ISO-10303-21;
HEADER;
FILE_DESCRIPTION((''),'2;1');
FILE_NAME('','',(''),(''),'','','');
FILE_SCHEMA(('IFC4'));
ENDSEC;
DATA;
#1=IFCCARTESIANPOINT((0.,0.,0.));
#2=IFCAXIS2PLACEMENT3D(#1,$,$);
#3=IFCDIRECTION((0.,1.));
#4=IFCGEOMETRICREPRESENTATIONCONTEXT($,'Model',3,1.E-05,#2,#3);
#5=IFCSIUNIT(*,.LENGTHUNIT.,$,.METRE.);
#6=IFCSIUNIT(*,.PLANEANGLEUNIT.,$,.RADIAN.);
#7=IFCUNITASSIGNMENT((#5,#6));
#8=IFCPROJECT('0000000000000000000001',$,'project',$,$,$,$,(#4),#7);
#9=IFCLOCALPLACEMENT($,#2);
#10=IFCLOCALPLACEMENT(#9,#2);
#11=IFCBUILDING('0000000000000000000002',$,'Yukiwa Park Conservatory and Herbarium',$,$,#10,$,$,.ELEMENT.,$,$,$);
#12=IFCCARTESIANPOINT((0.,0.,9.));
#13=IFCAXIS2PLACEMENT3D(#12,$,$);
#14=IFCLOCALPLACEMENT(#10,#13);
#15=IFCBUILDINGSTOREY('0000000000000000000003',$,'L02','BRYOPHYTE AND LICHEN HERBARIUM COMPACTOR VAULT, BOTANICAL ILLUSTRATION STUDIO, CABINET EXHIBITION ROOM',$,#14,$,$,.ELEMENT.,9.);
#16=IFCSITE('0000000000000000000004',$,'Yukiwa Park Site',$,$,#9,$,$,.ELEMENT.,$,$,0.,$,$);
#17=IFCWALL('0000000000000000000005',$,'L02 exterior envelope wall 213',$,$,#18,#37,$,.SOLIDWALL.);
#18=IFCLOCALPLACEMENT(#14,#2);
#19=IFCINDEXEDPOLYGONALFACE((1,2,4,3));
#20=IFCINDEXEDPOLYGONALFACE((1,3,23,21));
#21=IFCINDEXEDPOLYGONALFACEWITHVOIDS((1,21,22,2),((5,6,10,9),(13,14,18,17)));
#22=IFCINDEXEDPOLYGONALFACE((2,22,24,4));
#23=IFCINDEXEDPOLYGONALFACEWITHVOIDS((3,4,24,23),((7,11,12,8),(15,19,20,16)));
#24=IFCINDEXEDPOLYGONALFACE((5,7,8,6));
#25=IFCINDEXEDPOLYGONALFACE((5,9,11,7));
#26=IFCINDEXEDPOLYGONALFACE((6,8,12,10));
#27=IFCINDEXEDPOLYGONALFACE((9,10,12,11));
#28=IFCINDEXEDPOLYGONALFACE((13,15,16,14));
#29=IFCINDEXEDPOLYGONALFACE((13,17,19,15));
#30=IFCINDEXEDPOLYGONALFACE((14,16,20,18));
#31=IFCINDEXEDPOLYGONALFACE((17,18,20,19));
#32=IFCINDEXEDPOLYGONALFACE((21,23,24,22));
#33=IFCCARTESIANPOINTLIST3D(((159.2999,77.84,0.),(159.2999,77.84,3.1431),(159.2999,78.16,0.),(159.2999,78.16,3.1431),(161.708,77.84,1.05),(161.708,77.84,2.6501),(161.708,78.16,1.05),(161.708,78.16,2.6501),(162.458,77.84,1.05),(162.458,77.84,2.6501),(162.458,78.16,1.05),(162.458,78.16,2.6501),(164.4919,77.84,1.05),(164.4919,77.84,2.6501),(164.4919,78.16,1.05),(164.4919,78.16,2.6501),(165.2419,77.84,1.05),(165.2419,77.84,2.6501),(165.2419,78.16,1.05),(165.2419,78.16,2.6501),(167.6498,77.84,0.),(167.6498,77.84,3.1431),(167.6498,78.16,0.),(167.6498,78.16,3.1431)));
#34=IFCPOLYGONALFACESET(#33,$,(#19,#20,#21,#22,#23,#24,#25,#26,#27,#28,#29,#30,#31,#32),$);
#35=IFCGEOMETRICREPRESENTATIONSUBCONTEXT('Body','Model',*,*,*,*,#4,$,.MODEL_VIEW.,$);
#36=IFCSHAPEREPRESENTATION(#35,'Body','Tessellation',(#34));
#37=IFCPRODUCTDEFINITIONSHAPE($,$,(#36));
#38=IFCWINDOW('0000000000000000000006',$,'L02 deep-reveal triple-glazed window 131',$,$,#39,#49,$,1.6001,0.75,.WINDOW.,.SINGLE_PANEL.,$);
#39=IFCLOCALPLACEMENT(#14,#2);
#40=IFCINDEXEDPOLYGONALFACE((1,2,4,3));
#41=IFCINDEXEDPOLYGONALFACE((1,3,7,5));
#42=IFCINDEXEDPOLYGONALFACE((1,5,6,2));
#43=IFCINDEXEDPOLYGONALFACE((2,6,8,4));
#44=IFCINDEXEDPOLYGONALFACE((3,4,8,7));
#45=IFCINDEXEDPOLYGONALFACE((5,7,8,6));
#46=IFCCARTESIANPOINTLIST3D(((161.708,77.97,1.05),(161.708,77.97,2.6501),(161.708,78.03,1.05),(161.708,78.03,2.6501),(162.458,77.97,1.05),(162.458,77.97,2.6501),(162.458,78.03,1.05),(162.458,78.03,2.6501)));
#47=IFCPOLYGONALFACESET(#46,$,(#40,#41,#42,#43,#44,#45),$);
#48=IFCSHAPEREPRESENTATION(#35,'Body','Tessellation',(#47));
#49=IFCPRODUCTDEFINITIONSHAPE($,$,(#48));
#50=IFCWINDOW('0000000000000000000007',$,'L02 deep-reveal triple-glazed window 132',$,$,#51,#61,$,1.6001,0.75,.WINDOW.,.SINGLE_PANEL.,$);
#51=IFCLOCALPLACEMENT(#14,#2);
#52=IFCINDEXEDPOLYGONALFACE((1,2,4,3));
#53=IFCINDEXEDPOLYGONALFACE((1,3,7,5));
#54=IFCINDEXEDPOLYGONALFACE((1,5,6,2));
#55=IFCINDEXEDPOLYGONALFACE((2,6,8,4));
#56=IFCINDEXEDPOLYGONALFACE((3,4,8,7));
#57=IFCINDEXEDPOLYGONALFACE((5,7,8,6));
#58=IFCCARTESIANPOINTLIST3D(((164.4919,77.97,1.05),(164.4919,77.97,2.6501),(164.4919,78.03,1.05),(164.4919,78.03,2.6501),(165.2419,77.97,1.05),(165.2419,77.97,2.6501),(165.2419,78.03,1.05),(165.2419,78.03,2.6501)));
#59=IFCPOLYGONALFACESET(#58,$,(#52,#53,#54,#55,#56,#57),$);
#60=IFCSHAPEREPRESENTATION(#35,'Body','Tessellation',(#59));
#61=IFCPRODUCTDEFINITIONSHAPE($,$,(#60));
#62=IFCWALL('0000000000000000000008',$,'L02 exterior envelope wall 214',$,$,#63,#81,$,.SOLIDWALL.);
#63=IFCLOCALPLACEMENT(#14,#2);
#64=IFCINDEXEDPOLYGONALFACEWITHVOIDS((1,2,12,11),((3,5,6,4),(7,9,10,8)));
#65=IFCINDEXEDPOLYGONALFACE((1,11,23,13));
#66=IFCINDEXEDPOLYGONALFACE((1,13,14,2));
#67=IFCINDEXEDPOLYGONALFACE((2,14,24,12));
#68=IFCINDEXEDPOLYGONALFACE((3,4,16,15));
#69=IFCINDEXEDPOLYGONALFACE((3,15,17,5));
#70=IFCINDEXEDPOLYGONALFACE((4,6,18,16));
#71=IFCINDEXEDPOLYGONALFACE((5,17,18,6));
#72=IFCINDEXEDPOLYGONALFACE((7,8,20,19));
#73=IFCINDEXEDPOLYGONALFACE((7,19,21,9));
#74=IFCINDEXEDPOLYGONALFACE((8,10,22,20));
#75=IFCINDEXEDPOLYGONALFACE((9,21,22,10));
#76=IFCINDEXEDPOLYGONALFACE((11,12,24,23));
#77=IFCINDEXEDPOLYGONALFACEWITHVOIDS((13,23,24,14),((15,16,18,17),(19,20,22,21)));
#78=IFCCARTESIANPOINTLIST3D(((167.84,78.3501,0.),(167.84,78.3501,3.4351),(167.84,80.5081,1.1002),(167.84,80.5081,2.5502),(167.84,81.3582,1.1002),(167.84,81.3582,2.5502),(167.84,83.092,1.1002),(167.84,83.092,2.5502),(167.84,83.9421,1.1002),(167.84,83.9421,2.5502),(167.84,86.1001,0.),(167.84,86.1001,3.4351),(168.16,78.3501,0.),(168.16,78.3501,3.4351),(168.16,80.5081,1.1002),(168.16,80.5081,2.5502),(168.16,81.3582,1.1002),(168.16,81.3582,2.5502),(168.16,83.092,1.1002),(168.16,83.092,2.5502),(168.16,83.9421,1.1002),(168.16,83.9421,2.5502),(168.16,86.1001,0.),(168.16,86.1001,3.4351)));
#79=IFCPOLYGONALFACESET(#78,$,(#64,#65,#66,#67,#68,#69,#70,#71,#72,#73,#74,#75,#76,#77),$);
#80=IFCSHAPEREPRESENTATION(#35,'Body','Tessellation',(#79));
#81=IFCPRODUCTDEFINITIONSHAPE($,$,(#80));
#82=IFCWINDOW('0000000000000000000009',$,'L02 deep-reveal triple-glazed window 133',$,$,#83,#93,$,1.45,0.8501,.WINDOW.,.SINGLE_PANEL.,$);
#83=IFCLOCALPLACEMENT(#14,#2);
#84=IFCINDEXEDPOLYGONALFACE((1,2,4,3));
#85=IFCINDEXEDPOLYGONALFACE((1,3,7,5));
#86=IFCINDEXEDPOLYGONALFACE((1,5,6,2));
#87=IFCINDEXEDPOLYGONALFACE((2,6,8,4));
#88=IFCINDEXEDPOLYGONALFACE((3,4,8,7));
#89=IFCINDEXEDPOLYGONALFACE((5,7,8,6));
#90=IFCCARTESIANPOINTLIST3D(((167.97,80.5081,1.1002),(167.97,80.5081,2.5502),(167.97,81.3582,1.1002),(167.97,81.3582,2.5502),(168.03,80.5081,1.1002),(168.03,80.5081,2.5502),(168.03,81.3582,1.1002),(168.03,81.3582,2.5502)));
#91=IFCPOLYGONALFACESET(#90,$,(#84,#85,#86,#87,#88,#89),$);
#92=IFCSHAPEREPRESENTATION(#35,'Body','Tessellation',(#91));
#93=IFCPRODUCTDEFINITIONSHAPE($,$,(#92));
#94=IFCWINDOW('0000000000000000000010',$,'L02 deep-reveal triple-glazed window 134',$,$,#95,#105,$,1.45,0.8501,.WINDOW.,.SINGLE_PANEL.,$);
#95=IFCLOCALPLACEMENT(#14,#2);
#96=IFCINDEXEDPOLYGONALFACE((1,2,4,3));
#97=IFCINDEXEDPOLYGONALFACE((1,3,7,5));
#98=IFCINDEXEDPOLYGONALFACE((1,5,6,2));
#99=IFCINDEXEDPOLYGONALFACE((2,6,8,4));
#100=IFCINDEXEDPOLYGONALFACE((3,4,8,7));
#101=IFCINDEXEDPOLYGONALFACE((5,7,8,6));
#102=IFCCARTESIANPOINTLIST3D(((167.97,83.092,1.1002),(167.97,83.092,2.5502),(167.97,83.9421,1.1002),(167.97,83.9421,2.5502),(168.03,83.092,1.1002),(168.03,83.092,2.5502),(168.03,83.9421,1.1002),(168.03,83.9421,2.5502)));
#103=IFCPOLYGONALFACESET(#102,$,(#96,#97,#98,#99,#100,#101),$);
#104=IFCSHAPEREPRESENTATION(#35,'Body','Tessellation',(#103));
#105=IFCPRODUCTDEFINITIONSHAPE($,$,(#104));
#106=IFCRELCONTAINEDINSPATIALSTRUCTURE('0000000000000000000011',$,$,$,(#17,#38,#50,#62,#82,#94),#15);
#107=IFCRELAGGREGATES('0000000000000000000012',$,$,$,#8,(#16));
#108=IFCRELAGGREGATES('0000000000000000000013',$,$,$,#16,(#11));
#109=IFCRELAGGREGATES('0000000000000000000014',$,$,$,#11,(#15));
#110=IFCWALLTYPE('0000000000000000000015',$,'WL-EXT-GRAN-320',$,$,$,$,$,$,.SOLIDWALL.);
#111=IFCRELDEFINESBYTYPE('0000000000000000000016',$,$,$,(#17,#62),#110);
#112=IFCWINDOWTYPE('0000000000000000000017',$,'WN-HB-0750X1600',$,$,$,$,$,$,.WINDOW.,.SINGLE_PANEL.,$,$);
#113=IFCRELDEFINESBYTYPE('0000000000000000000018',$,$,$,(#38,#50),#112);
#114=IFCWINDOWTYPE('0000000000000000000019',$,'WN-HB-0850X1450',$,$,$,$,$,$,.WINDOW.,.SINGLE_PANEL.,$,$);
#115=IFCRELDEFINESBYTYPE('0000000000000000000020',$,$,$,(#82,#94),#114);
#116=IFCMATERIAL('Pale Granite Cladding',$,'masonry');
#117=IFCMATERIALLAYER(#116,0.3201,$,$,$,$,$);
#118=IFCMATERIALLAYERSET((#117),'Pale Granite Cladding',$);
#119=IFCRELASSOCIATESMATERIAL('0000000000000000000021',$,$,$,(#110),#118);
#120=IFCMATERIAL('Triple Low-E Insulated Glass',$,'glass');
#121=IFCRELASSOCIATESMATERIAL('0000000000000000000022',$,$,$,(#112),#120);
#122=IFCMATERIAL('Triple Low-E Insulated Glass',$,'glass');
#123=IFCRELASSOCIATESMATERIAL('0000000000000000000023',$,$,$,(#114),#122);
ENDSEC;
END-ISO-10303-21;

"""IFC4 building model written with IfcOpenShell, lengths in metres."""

from ifc_helpers import new_model, si_unit, direction, frame, frame_2d, origin, place, context, subcontext, project, spatial, rectangle, extrude, material, layer, layer_set, type_object, element, fill, save


model = new_model("IFC4")

# Units and contexts
model_context = context("Model", 3, precision=1e-05, world=origin(), true_north=direction((0.0, 1.0)))
body_context = subcontext(model_context, "Body", "Model", "MODEL_VIEW")
ifc_project = project(units=[si_unit("LENGTHUNIT", "METRE"), si_unit("PLANEANGLEUNIT", "RADIAN")], contexts=[model_context])

# Site, building, storey
site_placement = place(None, origin())
site = spatial("IfcSite", under=ifc_project, at=site_placement, Name="Yukiwa Park Site", CompositionType="ELEMENT", RefElevation=0.0)
building_placement = place(site_placement, origin())
building = spatial("IfcBuilding", under=site, at=building_placement, Name="Yukiwa Park Conservatory and Herbarium", CompositionType="ELEMENT")
storey_placement = place(building_placement, frame((0.0, 0.0, 9.0)))
storey = spatial("IfcBuildingStorey", under=building, at=storey_placement, Name="L02", Description="BRYOPHYTE AND LICHEN HERBARIUM COMPACTOR VAULT, BOTANICAL ILLUSTRATION STUDIO, CABINET EXHIBITION ROOM", CompositionType="ELEMENT", Elevation=9.0)

# Walls, openings, windows
ifc_material_1 = material(Name="Pale Granite Cladding", Category="masonry")
ifc_layer_1 = layer(ifc_material_1, 0.3201)
ifc_layer_set_1 = layer_set([ifc_layer_1], Name="Pale Granite Cladding")
wall_type = type_object("IfcWallType", Name="WL-EXT-GRAN-320", PredefinedType="SOLIDWALL", material=ifc_layer_set_1)
wall_1_placement = place(storey_placement, frame((159.3, 78.0, 0.0), z_axis=(0.0, 0.0, 1.0), x_axis=(1.0, 0.0, 0.0)))
wall_1 = element("IfcWall", 1, at=wall_1_placement, inside=storey, type_object=wall_type, Name="L02 exterior envelope wall 213", PredefinedType="SOLIDWALL", context=body_context, shape_type="SweptSolid", body=[
    extrude(rectangle(XDim=8.3499, YDim=0.3201, at=frame_2d((4.1748, 0.0))), origin(), (0.0, 0.0, 1.0), 3.1431),
])
opening_1_placement = place(wall_1_placement, frame((2.408, 0.0, 1.05)))
opening_1 = element("IfcOpeningElement", 2, at=opening_1_placement, cuts=wall_1, PredefinedType="OPENING", context=body_context, shape_type="SweptSolid", body=[
    extrude(rectangle(XDim=0.75, YDim=1.6001, at=frame_2d((0.375, 0.8))), frame((0.0, 0.1699, 0.0), z_axis=(0.0, -1.0, 0.0), x_axis=(1.0, 0.0, 0.0)), (0.0, 0.0, 1.0), 0.3401),
])
opening_2_placement = place(wall_1_placement, frame((5.1919, 0.0, 1.05)))
opening_2 = element("IfcOpeningElement", 3, at=opening_2_placement, cuts=wall_1, PredefinedType="OPENING", context=body_context, shape_type="SweptSolid", body=[
    extrude(rectangle(XDim=0.75, YDim=1.6001, at=frame_2d((0.375, 0.8))), frame((0.0, 0.1699, 0.0), z_axis=(0.0, -1.0, 0.0), x_axis=(1.0, 0.0, 0.0)), (0.0, 0.0, 1.0), 0.3401),
])
ifc_material_2 = material(Name="Triple Low-E Insulated Glass", Category="glass")
window_type_1 = type_object("IfcWindowType", Name="WN-HB-0750X1600", PartitioningType="SINGLE_PANEL", PredefinedType="WINDOW", material=ifc_material_2)
window_1_placement = place(opening_1_placement, origin())
window_1 = element("IfcWindow", 4, at=window_1_placement, inside=storey, type_object=window_type_1, Name="L02 deep-reveal triple-glazed window 131", OverallHeight=1.6001, OverallWidth=0.75, PartitioningType="SINGLE_PANEL", PredefinedType="WINDOW", context=body_context, shape_type="SweptSolid", body=[
    extrude(rectangle(XDim=0.75, YDim=1.6001, at=frame_2d((0.375, 0.8))), frame((0.0, 0.03, 0.0), z_axis=(0.0, -1.0, 0.0), x_axis=(1.0, 0.0, 0.0)), (0.0, 0.0, 1.0), 0.0601),
])
fill(opening_1, window_1)
window_2_placement = place(opening_2_placement, origin())
window_2 = element("IfcWindow", 5, at=window_2_placement, inside=storey, type_object=window_type_1, Name="L02 deep-reveal triple-glazed window 132", OverallHeight=1.6001, OverallWidth=0.75, PartitioningType="SINGLE_PANEL", PredefinedType="WINDOW", context=body_context, shape_type="SweptSolid", body=[
    extrude(rectangle(XDim=0.75, YDim=1.6001, at=frame_2d((0.375, 0.8))), frame((0.0, 0.03, 0.0), z_axis=(0.0, -1.0, 0.0), x_axis=(1.0, 0.0, 0.0)), (0.0, 0.0, 1.0), 0.0601),
])
fill(opening_2, window_2)
wall_2_placement = place(storey_placement, frame((168.0, 78.3501, 0.0), z_axis=(0.0, 0.0, 1.0), x_axis=(0.0, 1.0, 0.0)))
wall_2 = element("IfcWall", 6, at=wall_2_placement, inside=storey, type_object=wall_type, Name="L02 exterior envelope wall 214", PredefinedType="SOLIDWALL", context=body_context, shape_type="SweptSolid", body=[
    extrude(rectangle(XDim=7.75, YDim=0.3201, at=frame_2d((3.875, 0.0))), origin(), (0.0, 0.0, 1.0), 3.4351),
])
opening_3_placement = place(wall_2_placement, frame((2.158, 0.0, 1.1001)))
opening_3 = element("IfcOpeningElement", 7, at=opening_3_placement, cuts=wall_2, PredefinedType="OPENING", context=body_context, shape_type="SweptSolid", body=[
    extrude(rectangle(XDim=0.8501, YDim=1.45, at=frame_2d((0.425, 0.7251))), frame((0.0, 0.1699, 0.0), z_axis=(0.0, -1.0, 0.0), x_axis=(1.0, 0.0, 0.0)), (0.0, 0.0, 1.0), 0.3401),
])
opening_4_placement = place(wall_2_placement, frame((4.7419, 0.0, 1.1001)))
opening_4 = element("IfcOpeningElement", 8, at=opening_4_placement, cuts=wall_2, PredefinedType="OPENING", context=body_context, shape_type="SweptSolid", body=[
    extrude(rectangle(XDim=0.8501, YDim=1.45, at=frame_2d((0.425, 0.7251))), frame((0.0, 0.1699, 0.0), z_axis=(0.0, -1.0, 0.0), x_axis=(1.0, 0.0, 0.0)), (0.0, 0.0, 1.0), 0.3401),
])
ifc_material_3 = material(Name="Triple Low-E Insulated Glass", Category="glass")
window_type_2 = type_object("IfcWindowType", Name="WN-HB-0850X1450", PartitioningType="SINGLE_PANEL", PredefinedType="WINDOW", material=ifc_material_3)
window_3_placement = place(opening_3_placement, origin())
window_3 = element("IfcWindow", 9, at=window_3_placement, inside=storey, type_object=window_type_2, Name="L02 deep-reveal triple-glazed window 133", OverallHeight=1.45, OverallWidth=0.8501, PartitioningType="SINGLE_PANEL", PredefinedType="WINDOW", context=body_context, shape_type="SweptSolid", body=[
    extrude(rectangle(XDim=0.8501, YDim=1.45, at=frame_2d((0.425, 0.7251))), frame((0.0, 0.03, 0.0), z_axis=(0.0, -1.0, 0.0), x_axis=(1.0, 0.0, 0.0)), (0.0, 0.0, 1.0), 0.0601),
])
fill(opening_3, window_3)
window_4_placement = place(opening_4_placement, origin())
window_4 = element("IfcWindow", 10, at=window_4_placement, inside=storey, type_object=window_type_2, Name="L02 deep-reveal triple-glazed window 134", OverallHeight=1.45, OverallWidth=0.8501, PartitioningType="SINGLE_PANEL", PredefinedType="WINDOW", context=body_context, shape_type="SweptSolid", body=[
    extrude(rectangle(XDim=0.8501, YDim=1.45, at=frame_2d((0.425, 0.7251))), frame((0.0, 0.03, 0.0), z_axis=(0.0, -1.0, 0.0), x_axis=(1.0, 0.0, 0.0)), (0.0, 0.0, 1.0), 0.0601),
])
fill(opening_4, window_4)

save(model, "model.ifc")
